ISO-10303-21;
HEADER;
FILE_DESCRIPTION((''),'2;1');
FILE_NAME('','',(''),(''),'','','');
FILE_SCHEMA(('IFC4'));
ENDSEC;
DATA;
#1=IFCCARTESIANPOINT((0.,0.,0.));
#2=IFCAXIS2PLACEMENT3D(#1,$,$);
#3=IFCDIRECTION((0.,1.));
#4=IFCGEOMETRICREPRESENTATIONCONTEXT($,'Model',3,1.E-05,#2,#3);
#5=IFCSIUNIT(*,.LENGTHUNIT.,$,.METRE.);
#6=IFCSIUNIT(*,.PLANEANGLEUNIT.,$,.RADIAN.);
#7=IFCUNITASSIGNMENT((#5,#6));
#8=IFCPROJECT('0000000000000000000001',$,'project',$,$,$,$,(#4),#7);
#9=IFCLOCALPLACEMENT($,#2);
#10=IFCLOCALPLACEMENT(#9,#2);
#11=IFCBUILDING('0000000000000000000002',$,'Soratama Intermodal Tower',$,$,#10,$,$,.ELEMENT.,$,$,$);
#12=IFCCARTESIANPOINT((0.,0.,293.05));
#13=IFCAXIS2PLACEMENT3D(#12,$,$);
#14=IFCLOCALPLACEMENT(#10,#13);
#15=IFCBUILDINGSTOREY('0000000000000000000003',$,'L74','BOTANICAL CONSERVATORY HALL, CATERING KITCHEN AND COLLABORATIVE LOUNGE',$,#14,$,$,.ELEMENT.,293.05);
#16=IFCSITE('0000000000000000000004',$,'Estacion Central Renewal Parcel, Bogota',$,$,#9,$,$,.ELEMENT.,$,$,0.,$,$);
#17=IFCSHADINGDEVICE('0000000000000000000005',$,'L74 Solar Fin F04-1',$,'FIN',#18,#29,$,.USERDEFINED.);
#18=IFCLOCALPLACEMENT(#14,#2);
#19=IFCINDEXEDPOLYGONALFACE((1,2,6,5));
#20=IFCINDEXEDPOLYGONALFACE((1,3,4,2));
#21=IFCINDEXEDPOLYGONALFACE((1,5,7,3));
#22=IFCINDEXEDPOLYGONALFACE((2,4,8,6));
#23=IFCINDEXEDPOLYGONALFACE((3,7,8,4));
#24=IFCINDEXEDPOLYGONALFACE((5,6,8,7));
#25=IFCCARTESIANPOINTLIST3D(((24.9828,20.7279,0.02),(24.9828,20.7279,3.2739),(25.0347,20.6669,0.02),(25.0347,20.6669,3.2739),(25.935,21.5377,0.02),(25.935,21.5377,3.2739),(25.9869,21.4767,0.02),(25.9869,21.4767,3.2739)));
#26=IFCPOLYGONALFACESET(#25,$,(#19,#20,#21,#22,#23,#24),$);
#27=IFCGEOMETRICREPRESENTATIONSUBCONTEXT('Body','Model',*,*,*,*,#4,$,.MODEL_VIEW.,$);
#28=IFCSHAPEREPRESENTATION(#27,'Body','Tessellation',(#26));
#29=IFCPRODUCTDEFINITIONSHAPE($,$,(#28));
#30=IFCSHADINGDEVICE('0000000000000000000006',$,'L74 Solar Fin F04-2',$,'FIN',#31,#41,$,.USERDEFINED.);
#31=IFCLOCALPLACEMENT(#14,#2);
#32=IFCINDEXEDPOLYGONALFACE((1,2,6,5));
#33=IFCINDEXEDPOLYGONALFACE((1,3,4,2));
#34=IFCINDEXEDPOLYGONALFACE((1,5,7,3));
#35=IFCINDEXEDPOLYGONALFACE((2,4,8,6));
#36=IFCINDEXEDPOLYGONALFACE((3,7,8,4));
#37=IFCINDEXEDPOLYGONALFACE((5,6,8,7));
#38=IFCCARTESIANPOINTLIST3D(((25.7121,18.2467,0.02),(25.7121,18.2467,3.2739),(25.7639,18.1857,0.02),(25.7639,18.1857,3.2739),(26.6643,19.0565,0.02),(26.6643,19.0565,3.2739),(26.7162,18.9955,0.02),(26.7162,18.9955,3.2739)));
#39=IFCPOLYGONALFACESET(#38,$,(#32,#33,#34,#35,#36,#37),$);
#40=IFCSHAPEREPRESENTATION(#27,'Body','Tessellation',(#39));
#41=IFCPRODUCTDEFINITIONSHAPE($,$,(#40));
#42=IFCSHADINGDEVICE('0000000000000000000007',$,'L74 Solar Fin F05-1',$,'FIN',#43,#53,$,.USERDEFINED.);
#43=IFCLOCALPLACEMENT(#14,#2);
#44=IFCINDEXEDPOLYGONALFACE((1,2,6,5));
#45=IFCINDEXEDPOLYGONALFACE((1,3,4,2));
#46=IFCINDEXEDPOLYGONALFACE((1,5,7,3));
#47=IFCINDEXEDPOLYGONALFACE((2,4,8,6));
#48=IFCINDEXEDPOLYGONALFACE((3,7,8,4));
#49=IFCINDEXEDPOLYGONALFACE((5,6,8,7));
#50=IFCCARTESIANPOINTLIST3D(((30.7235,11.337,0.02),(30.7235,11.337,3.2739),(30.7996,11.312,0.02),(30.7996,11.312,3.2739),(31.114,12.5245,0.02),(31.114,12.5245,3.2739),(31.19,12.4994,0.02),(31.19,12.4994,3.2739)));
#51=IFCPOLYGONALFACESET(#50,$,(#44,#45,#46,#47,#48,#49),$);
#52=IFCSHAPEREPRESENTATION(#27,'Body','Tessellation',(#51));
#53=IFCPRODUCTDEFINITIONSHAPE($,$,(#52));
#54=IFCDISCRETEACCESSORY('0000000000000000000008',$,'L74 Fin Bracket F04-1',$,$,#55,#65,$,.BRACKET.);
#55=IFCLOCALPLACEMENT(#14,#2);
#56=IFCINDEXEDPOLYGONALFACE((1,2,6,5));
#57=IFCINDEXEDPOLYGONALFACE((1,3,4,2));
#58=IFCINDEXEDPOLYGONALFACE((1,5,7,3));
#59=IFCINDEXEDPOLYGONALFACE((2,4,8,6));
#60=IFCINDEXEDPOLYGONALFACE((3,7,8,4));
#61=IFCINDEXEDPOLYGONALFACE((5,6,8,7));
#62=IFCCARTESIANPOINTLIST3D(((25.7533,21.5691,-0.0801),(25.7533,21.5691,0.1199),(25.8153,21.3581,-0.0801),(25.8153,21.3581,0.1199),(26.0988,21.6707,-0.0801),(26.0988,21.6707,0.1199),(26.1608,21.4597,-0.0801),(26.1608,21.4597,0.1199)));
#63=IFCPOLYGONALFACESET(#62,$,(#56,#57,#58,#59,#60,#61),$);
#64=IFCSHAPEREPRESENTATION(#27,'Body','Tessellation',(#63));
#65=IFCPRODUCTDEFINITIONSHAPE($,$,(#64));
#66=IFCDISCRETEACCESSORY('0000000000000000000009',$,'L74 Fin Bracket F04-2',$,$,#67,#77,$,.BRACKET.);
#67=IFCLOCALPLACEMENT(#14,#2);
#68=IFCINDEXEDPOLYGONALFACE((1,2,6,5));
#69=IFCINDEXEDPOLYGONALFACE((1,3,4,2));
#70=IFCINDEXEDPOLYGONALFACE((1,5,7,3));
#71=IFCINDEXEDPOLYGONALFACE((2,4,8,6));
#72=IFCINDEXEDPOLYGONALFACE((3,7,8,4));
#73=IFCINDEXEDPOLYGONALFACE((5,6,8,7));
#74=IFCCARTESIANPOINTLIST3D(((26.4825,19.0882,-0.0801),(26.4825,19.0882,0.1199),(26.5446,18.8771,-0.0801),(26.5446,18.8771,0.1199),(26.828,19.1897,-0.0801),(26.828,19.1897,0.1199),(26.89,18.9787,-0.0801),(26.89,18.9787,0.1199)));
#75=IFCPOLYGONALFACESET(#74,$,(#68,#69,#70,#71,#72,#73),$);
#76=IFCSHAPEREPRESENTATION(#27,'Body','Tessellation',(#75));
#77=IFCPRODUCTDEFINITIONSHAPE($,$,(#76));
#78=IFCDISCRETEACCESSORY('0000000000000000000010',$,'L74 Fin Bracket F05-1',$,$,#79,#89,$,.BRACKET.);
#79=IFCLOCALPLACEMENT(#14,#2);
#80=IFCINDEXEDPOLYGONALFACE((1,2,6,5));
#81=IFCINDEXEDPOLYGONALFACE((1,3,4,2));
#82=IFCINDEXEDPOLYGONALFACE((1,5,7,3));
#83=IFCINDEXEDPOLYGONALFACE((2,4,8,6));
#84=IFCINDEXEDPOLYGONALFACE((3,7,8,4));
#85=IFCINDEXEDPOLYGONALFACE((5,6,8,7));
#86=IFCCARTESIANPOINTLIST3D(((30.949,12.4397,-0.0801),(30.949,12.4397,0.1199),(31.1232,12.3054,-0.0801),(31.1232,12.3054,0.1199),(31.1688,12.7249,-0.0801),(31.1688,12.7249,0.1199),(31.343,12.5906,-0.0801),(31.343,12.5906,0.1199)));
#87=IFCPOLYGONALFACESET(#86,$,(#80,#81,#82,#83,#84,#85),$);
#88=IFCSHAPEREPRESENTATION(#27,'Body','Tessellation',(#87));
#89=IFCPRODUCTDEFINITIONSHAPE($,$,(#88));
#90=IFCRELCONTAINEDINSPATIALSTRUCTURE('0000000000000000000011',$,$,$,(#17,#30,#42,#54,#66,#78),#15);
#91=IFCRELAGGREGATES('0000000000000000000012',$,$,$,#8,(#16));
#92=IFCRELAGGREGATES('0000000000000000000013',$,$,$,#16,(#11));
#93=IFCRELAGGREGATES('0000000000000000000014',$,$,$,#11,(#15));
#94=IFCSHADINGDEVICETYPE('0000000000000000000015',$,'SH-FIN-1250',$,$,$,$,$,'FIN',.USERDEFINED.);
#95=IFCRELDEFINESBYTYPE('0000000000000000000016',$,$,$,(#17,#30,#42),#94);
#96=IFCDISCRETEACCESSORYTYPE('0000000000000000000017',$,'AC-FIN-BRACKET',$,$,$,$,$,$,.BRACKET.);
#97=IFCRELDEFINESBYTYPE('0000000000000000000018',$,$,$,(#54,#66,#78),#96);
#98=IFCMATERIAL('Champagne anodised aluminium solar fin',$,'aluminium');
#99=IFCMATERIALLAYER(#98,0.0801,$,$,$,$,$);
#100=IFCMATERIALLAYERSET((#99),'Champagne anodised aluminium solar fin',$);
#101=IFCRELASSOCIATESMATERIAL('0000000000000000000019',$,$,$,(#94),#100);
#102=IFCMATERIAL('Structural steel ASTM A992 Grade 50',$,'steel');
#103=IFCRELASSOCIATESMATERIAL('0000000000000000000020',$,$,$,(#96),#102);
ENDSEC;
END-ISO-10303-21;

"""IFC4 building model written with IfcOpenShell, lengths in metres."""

from ifc_helpers import new_model, si_unit, direction, frame, origin, origin_2d, place, context, subcontext, project, spatial, rectangle, extrude, material, layer, layer_set, type_object, element, save


model = new_model("IFC4")

# Units and contexts
model_context = context("Model", 3, precision=1e-05, world=origin(), true_north=direction((0.0, 1.0)))
body_context = subcontext(model_context, "Body", "Model", "MODEL_VIEW")
ifc_project = project(units=[si_unit("LENGTHUNIT", "METRE"), si_unit("PLANEANGLEUNIT", "RADIAN")], contexts=[model_context])

# Site, building, storey
site_placement = place(None, origin())
site = spatial("IfcSite", under=ifc_project, at=site_placement, Name="Estacion Central Renewal Parcel, Bogota", CompositionType="ELEMENT", RefElevation=0.0)
building_placement = place(site_placement, origin())
building = spatial("IfcBuilding", under=site, at=building_placement, Name="Soratama Intermodal Tower", CompositionType="ELEMENT")
storey_placement = place(building_placement, frame((0.0, 0.0, 293.05)))
storey = spatial("IfcBuildingStorey", under=building, at=storey_placement, Name="L74", Description="BOTANICAL CONSERVATORY HALL, CATERING KITCHEN AND COLLABORATIVE LOUNGE", CompositionType="ELEMENT", Elevation=293.05)

# Shading devices
ifc_material_1 = material(Name="Champagne anodised aluminium solar fin", Category="aluminium")
ifc_layer_1 = layer(ifc_material_1, 0.0801)
ifc_layer_set_1 = layer_set([ifc_layer_1], Name="Champagne anodised aluminium solar fin")
shading_device_type = type_object("IfcShadingDeviceType", Name="SH-FIN-1250", ElementType="FIN", PredefinedType="USERDEFINED", material=ifc_layer_set_1)
for number, where, z_axis, x_axis, name in (
    (1, (25.4849, 21.1023, 0.02), (0.0, 0.0, 1.0), (-0.761764, -0.647854, 0.0), "L74 Solar Fin F04-1"),
    (2, (26.2141, 18.6211, 0.02), (0.0, 0.0, 1.0), (-0.761764, -0.647854, 0.0), "L74 Solar Fin F04-2"),
    (3, (30.9568, 11.9182, 0.02), (0.0, 0.0, 1.0), (-0.312335, -0.949972, 0.0), "L74 Solar Fin F05-1"),
):
    element("IfcShadingDevice", number, at=place(storey_placement, frame(where, z_axis=z_axis, x_axis=x_axis)), inside=storey, type_object=shading_device_type, Name=name, ObjectType="FIN", PredefinedType="USERDEFINED", context=body_context, shape_type="SweptSolid", body=[
        extrude(rectangle(XDim=1.25, YDim=0.0801, at=origin_2d()), origin(), (0.0, 0.0, 1.0), 3.2539),
    ])

# Discrete accessories
ifc_material_2 = material(Name="Structural steel ASTM A992 Grade 50", Category="steel")
discrete_accessory_type = type_object("IfcDiscreteAccessoryType", Name="AC-FIN-BRACKET", PredefinedType="BRACKET", material=ifc_material_2)
for number, where, z_axis, x_axis, name in (
    (4, (25.957, 21.5144, -0.0801), (0.0, 0.0, 1.0), (-0.959412, -0.282007, 0.0), "L74 Fin Bracket F04-1"),
    (5, (26.6863, 19.0334, -0.0801), (0.0, 0.0, 1.0), (-0.959412, -0.282007, 0.0), "L74 Fin Bracket F04-2"),
    (6, (31.146, 12.5151, -0.0801), (0.0, 0.0, 1.0), (-0.610422, -0.792077, 0.0), "L74 Fin Bracket F05-1"),
):
    element("IfcDiscreteAccessory", number, at=place(storey_placement, frame(where, z_axis=z_axis, x_axis=x_axis)), inside=storey, type_object=discrete_accessory_type, Name=name, PredefinedType="BRACKET", context=body_context, shape_type="SweptSolid", body=[
        extrude(rectangle(XDim=0.3601, YDim=0.22, at=origin_2d()), origin(), (0.0, 0.0, 1.0), 0.2),
    ])

save(model, "model.ifc")
